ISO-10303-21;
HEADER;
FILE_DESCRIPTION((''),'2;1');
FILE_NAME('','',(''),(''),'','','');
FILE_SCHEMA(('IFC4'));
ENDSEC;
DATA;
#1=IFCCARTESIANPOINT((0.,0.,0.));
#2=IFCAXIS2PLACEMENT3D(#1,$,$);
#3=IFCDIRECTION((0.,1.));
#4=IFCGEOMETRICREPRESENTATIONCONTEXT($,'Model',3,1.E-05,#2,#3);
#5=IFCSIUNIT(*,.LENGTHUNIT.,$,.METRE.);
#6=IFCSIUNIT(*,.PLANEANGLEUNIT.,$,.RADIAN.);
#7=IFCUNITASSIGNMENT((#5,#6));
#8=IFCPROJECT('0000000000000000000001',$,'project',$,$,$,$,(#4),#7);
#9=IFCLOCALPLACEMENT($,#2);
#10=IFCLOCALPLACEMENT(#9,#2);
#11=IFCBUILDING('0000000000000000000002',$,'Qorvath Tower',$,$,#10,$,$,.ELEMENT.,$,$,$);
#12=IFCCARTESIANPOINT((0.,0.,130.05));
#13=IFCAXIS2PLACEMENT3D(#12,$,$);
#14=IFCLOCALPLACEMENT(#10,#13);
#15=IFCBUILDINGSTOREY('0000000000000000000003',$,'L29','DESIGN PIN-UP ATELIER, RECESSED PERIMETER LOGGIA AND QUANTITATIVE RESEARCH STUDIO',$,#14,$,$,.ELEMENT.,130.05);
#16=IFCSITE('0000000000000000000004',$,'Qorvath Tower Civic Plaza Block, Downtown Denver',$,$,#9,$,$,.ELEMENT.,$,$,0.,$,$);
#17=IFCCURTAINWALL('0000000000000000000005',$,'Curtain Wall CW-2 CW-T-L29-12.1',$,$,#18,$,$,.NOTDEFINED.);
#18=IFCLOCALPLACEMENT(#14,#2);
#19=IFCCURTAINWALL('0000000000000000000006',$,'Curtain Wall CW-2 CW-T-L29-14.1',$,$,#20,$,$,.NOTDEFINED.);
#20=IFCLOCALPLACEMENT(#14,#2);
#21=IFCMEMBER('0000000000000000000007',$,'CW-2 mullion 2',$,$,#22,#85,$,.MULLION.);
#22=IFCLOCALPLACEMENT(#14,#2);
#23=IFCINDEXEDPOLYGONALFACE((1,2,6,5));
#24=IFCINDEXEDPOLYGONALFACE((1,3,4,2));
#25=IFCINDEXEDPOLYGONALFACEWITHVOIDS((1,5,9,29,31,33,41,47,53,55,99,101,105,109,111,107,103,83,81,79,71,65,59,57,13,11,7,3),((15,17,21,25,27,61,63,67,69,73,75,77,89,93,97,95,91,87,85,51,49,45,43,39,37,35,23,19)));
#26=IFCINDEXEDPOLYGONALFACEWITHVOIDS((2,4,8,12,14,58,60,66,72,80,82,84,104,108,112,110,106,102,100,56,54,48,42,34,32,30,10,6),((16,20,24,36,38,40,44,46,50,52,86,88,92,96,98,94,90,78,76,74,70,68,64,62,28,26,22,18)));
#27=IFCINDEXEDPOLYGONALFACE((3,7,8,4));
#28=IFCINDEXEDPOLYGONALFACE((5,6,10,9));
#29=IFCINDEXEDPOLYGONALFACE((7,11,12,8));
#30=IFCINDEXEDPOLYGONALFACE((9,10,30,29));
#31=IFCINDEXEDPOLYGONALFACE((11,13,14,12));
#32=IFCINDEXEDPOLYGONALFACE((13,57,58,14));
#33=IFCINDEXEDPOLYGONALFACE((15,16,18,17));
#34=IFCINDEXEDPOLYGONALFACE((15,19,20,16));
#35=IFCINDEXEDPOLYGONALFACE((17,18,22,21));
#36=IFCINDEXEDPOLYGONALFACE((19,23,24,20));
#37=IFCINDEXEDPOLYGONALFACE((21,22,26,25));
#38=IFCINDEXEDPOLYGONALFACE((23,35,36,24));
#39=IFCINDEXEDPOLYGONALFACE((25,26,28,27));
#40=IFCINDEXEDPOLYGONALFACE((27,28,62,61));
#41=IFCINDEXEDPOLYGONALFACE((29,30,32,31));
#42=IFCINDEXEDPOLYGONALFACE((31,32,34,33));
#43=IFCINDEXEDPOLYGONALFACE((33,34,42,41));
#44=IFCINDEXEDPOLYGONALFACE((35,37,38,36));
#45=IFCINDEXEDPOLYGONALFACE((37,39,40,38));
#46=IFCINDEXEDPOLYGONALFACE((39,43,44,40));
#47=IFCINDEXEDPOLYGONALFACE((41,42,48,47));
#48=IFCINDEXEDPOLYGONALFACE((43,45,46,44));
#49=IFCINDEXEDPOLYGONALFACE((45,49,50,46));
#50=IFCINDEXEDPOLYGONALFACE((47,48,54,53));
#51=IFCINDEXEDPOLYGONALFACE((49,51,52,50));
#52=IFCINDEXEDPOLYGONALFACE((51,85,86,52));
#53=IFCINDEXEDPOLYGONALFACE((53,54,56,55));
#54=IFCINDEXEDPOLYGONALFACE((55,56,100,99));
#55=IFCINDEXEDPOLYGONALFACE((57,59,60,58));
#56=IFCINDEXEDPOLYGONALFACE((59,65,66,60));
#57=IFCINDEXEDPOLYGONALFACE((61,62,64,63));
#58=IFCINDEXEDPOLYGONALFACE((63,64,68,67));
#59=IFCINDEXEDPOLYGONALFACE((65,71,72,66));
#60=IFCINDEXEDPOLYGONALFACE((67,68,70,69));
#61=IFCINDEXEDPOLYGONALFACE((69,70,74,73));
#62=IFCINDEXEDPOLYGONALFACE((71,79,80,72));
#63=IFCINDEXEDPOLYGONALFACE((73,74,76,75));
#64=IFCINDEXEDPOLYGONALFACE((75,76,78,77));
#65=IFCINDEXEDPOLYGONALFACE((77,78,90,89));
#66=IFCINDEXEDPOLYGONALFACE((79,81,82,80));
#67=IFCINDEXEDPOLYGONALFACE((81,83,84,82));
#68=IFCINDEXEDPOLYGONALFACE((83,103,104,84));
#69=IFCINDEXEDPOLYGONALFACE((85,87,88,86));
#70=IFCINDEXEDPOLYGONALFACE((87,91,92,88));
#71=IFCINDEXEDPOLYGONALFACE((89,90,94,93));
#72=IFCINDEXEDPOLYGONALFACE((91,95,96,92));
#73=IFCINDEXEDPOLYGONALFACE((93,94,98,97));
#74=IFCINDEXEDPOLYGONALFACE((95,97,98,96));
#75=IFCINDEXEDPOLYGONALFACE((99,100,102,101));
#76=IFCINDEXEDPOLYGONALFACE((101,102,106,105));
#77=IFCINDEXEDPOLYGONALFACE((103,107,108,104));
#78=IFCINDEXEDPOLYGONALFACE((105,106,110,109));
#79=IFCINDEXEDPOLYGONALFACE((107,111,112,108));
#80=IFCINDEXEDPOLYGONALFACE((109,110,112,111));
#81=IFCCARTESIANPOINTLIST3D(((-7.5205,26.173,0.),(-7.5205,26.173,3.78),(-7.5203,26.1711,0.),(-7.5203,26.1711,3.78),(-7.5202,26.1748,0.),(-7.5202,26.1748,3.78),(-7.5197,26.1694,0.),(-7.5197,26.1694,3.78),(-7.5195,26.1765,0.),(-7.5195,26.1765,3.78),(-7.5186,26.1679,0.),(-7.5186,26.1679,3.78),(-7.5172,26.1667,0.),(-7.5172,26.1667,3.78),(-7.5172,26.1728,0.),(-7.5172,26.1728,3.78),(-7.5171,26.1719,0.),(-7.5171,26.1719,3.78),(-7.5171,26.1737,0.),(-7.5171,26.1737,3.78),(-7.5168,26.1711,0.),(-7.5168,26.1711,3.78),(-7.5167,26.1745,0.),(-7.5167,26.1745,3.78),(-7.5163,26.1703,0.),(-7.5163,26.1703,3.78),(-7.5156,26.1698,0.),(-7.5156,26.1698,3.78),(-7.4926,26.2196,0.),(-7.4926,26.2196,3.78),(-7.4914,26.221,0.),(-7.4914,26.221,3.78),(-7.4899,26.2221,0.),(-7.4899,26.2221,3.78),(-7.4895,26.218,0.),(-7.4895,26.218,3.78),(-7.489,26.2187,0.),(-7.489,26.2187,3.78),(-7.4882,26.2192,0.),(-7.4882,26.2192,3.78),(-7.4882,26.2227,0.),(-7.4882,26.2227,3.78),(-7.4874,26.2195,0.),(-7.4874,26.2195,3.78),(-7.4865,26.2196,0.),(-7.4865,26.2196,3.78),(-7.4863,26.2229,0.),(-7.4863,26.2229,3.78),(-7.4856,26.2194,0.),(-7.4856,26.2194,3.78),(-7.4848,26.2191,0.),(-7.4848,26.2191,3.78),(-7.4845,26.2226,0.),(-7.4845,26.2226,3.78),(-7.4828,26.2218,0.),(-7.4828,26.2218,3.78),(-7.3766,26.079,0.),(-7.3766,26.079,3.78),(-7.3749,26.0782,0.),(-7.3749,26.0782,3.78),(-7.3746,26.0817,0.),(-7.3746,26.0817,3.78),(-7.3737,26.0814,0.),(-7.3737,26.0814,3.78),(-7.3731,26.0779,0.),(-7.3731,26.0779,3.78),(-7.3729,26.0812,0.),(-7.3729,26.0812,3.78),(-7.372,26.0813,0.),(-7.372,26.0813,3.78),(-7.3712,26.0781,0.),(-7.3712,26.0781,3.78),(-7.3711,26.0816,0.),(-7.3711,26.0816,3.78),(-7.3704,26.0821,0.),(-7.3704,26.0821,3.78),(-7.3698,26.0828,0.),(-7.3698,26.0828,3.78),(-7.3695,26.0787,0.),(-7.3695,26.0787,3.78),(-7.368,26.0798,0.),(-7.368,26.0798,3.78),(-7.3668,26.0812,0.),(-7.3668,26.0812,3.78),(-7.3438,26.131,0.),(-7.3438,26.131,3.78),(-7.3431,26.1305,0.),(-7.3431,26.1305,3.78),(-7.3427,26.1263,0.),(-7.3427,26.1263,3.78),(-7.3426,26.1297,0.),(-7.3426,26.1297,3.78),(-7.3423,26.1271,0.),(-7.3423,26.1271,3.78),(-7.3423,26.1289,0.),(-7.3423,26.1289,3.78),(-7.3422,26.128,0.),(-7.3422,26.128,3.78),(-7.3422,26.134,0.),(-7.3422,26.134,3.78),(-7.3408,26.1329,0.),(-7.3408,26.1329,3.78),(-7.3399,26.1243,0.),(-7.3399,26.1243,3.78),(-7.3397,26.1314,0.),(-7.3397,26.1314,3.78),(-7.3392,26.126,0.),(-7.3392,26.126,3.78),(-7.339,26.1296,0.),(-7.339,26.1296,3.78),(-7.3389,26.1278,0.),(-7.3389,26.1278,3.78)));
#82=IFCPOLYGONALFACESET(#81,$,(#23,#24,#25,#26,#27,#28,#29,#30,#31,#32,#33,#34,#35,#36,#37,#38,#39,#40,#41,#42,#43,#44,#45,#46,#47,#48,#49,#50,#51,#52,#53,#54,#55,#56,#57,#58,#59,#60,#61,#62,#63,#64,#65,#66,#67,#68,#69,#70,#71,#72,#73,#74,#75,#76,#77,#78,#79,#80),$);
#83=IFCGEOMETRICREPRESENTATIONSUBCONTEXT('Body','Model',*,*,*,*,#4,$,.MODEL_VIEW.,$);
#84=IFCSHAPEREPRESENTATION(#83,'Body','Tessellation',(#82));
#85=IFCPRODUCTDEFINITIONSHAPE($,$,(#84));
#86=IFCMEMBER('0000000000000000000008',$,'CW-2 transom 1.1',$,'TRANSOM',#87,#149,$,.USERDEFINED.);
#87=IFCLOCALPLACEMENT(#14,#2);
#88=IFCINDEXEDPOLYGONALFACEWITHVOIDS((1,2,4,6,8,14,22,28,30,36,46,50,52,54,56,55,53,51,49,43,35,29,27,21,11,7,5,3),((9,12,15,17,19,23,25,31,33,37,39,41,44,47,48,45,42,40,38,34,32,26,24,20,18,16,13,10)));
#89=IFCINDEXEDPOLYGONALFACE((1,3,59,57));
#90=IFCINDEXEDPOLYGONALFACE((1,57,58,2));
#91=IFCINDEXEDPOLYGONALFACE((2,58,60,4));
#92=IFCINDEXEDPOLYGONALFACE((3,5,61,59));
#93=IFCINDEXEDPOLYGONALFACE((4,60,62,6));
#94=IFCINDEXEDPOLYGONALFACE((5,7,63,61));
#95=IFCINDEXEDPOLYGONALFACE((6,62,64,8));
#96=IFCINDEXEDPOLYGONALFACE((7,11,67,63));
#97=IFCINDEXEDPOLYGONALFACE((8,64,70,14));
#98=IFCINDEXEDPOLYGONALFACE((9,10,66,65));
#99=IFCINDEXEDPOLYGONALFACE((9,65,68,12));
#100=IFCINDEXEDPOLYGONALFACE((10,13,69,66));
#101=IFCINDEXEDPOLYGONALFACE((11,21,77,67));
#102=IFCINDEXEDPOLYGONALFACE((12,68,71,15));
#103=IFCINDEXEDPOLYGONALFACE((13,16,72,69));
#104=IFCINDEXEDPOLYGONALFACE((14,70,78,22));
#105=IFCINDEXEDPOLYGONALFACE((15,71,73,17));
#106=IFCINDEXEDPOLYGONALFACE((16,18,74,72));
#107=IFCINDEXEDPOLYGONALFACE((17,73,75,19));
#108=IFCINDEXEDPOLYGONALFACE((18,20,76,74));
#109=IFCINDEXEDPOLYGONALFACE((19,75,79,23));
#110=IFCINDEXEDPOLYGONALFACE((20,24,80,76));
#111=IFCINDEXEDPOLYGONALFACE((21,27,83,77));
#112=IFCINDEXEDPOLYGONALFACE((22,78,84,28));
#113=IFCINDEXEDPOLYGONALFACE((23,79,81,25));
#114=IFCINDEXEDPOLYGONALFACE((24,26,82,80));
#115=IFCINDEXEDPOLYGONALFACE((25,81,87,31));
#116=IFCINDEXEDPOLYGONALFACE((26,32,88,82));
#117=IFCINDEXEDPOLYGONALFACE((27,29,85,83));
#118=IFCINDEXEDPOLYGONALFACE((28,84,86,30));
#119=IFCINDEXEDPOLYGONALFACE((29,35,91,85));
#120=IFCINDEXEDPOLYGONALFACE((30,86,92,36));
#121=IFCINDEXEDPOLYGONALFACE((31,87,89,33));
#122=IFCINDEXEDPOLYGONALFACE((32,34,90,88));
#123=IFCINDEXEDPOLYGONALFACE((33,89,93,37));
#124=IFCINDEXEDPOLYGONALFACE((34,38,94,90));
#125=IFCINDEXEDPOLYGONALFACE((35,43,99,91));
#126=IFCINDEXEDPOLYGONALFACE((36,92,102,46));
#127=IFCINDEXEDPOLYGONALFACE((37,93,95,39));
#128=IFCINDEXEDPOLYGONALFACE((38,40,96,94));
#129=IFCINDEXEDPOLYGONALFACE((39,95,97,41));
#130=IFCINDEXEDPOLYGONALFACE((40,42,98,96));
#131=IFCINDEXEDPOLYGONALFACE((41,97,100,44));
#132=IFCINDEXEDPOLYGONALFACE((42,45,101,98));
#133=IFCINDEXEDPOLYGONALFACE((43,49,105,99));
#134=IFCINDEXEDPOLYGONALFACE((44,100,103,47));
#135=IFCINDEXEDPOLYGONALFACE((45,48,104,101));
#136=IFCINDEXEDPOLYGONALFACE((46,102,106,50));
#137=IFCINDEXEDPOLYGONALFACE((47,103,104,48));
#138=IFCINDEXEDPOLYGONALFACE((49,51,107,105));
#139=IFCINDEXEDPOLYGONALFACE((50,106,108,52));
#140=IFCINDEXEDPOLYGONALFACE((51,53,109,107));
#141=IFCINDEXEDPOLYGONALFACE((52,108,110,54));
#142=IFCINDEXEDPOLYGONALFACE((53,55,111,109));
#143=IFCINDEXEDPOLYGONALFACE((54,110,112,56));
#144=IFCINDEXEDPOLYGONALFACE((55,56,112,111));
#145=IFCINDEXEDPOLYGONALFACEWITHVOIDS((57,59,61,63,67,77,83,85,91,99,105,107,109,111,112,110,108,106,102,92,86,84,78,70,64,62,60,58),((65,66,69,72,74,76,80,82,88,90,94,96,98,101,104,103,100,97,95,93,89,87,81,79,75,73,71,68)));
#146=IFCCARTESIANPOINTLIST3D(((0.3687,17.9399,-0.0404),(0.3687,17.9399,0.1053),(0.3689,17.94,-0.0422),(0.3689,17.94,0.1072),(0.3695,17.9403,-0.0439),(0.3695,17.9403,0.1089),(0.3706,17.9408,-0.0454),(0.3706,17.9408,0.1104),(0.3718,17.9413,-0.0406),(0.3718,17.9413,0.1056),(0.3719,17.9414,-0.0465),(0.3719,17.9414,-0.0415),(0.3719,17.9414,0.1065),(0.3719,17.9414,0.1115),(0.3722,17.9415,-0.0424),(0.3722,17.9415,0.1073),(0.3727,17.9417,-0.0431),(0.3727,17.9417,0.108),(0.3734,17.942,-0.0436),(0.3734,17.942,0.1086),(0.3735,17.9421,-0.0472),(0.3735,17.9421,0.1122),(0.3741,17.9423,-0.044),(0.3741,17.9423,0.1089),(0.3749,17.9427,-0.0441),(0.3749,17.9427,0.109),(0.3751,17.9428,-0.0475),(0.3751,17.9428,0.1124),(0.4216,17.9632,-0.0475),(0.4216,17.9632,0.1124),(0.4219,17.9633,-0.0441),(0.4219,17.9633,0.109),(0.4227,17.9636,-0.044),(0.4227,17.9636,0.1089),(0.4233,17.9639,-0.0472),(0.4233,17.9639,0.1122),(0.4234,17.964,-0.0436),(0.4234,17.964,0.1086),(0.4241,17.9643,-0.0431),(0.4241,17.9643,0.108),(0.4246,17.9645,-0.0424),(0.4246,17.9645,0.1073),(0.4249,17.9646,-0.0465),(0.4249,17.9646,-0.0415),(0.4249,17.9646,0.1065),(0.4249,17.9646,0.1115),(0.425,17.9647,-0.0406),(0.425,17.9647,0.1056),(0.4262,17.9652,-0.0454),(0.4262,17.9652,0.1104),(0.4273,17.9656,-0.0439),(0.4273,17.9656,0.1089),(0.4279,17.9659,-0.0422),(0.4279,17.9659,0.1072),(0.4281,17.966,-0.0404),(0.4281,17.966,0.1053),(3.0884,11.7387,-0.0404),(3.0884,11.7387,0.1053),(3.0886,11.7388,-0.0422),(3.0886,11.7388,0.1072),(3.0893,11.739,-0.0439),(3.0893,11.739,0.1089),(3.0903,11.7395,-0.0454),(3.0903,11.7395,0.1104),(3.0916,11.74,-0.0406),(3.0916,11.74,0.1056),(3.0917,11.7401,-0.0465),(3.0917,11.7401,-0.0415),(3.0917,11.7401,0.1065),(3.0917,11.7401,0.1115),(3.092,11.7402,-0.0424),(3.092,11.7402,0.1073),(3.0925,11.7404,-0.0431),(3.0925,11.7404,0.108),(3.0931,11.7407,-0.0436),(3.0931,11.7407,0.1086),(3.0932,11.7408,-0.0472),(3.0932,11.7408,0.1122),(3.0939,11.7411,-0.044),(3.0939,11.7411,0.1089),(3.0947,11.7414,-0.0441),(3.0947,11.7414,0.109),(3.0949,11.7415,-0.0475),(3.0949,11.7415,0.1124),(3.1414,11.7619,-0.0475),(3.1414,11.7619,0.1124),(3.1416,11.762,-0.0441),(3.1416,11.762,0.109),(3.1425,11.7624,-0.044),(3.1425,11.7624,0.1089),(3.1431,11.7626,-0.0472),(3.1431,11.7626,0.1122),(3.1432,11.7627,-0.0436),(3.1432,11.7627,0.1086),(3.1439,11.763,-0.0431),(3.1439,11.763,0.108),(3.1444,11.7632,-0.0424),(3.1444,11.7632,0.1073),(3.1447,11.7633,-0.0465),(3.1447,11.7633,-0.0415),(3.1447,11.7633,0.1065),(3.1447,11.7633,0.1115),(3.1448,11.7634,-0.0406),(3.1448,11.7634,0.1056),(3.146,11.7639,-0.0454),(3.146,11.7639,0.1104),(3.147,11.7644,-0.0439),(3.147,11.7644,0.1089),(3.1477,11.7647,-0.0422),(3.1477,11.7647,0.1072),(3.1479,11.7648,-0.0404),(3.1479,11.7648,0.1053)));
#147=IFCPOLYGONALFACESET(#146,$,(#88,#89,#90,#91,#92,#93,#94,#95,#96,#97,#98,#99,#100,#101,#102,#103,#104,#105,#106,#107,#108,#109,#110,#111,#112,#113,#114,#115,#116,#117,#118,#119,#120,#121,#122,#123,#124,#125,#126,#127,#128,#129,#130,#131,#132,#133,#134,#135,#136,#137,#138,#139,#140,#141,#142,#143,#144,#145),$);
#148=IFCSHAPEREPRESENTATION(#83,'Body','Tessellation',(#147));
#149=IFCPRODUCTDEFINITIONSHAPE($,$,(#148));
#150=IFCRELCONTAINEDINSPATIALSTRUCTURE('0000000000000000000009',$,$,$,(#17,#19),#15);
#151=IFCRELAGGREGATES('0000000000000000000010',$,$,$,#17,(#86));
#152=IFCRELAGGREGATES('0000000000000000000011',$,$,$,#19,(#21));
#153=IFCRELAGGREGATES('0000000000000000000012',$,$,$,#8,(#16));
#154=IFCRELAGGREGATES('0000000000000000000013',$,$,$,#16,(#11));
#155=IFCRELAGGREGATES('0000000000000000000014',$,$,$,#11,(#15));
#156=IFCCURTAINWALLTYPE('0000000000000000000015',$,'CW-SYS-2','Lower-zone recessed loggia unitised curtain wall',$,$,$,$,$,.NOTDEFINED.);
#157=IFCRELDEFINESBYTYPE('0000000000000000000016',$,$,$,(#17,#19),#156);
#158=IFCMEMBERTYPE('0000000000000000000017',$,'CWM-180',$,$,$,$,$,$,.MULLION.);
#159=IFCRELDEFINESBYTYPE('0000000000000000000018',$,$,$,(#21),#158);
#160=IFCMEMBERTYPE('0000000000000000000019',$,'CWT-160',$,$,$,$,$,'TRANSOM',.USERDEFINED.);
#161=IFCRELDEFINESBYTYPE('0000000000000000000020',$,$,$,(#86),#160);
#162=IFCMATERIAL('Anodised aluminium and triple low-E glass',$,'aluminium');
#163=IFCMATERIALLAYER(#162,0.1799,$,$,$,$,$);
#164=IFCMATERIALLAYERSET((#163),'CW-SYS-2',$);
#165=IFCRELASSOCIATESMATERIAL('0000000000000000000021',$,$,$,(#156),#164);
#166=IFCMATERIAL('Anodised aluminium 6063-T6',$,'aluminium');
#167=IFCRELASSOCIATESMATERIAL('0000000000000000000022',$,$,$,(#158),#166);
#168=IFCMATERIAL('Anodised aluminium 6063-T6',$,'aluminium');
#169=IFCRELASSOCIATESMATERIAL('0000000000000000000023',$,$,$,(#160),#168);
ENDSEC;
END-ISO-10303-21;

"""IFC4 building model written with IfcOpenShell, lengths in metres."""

from ifc_helpers import new_model, si_unit, direction, frame, origin, origin_2d, place, context, subcontext, project, spatial, hollow_rectangle, extrude, material, layer, layer_set, material_profile, profile_set, type_object, element, aggregate, save


model = new_model("IFC4")

# Units and contexts
model_context = context("Model", 3, precision=1e-05, world=origin(), true_north=direction((0.0, 1.0)))
body_context = subcontext(model_context, "Body", "Model", "MODEL_VIEW")
ifc_project = project(units=[si_unit("LENGTHUNIT", "METRE"), si_unit("PLANEANGLEUNIT", "RADIAN")], contexts=[model_context])

# Site, building, storey
site_placement = place(None, origin())
site = spatial("IfcSite", under=ifc_project, at=site_placement, Name="Qorvath Tower Civic Plaza Block, Downtown Denver", CompositionType="ELEMENT", RefElevation=0.0)
building_placement = place(site_placement, origin())
building = spatial("IfcBuilding", under=site, at=building_placement, Name="Qorvath Tower", CompositionType="ELEMENT")
storey_placement = place(building_placement, frame((0.0, 0.0, 130.05)))
storey = spatial("IfcBuildingStorey", under=building, at=storey_placement, Name="L29", Description="DESIGN PIN-UP ATELIER, RECESSED PERIMETER LOGGIA AND QUANTITATIVE RESEARCH STUDIO", CompositionType="ELEMENT", Elevation=130.05)

# Shared definitions
ifc_material_1 = material(Name="Anodised aluminium and triple low-E glass", Category="aluminium")
ifc_layer_1 = layer(ifc_material_1, 0.1799)
ifc_layer_set_1 = layer_set([ifc_layer_1], Name="CW-SYS-2")
curtain_wall_type = type_object("IfcCurtainWallType", Name="CW-SYS-2", Description="Lower-zone recessed loggia unitised curtain wall", PredefinedType="NOTDEFINED", material=ifc_layer_set_1)
ifc_material_2 = material(Name="Anodised aluminium 6063-T6", Category="aluminium")
ifc_material_profile_1 = material_profile(ifc_material_2, hollow_rectangle(XDim=0.0649, YDim=0.1799, WallThickness=0.0034, InnerFilletRadius=0.0034, OuterFilletRadius=0.0071, at=origin_2d()), Name="CWM 180x65")
ifc_profile_set_1 = profile_set([ifc_material_profile_1], Name="Anodised aluminium 6063-T6")
member_type_1 = type_object("IfcMemberType", Name="CWM-180", PredefinedType="MULLION", material=ifc_profile_set_1)

# Curtain walls, member
curtain_wall_1_placement = place(storey_placement, origin())
curtain_wall_1 = element("IfcCurtainWall", 1, at=curtain_wall_1_placement, inside=storey, type_object=curtain_wall_type, Name="Curtain Wall CW-2 CW-T-L29-12.1", PredefinedType="NOTDEFINED")
curtain_wall_2_placement = place(storey_placement, origin())
curtain_wall_2 = element("IfcCurtainWall", 2, at=curtain_wall_2_placement, inside=storey, type_object=curtain_wall_type, Name="Curtain Wall CW-2 CW-T-L29-14.1", PredefinedType="NOTDEFINED")
member_1_placement = place(storey_placement, frame((-7.4297, 26.1504, 0.0), z_axis=(0.0, 0.0, 1.0), x_axis=(-0.529503, -0.848308, 0.0)))
member_1 = element("IfcMember", 3, at=member_1_placement, type_object=member_type_1, Name="CW-2 mullion 2", PredefinedType="MULLION", context=body_context, shape_type="SweptSolid", body=[
    extrude(hollow_rectangle(XDim=0.0649, YDim=0.1799, WallThickness=0.0034, InnerFilletRadius=0.0034, OuterFilletRadius=0.0071, at=origin_2d()), origin(), (0.0, 0.0, 1.0), 3.78),
])

# Member
ifc_material_3 = material(Name="Anodised aluminium 6063-T6", Category="aluminium")
ifc_material_profile_2 = material_profile(ifc_material_3, hollow_rectangle(XDim=0.0649, YDim=0.1599, WallThickness=0.0034, InnerFilletRadius=0.0034, OuterFilletRadius=0.0071, at=origin_2d()), Name="CWT 160x65")
ifc_profile_set_2 = profile_set([ifc_material_profile_2], Name="Anodised aluminium 6063-T6")
member_type_2 = type_object("IfcMemberType", Name="CWT-160", ElementType="TRANSOM", PredefinedType="USERDEFINED", material=ifc_profile_set_2)
member_2_placement = place(storey_placement, frame((3.1182, 11.7517, 0.0325), z_axis=(-0.401651, 0.915793, 0.0), x_axis=(-0.915793, -0.401651, 0.0)))
member_2 = element("IfcMember", 4, at=member_2_placement, type_object=member_type_2, Name="CW-2 transom 1.1", ObjectType="TRANSOM", PredefinedType="USERDEFINED", context=body_context, shape_type="SweptSolid", body=[
    extrude(hollow_rectangle(XDim=0.0649, YDim=0.1599, WallThickness=0.0034, InnerFilletRadius=0.0034, OuterFilletRadius=0.0071, at=origin_2d()), origin(), (0.0, 0.0, 1.0), 6.7715),
])

aggregate(curtain_wall_1, [member_2])
aggregate(curtain_wall_2, [member_1])

save(model, "model.ifc")
